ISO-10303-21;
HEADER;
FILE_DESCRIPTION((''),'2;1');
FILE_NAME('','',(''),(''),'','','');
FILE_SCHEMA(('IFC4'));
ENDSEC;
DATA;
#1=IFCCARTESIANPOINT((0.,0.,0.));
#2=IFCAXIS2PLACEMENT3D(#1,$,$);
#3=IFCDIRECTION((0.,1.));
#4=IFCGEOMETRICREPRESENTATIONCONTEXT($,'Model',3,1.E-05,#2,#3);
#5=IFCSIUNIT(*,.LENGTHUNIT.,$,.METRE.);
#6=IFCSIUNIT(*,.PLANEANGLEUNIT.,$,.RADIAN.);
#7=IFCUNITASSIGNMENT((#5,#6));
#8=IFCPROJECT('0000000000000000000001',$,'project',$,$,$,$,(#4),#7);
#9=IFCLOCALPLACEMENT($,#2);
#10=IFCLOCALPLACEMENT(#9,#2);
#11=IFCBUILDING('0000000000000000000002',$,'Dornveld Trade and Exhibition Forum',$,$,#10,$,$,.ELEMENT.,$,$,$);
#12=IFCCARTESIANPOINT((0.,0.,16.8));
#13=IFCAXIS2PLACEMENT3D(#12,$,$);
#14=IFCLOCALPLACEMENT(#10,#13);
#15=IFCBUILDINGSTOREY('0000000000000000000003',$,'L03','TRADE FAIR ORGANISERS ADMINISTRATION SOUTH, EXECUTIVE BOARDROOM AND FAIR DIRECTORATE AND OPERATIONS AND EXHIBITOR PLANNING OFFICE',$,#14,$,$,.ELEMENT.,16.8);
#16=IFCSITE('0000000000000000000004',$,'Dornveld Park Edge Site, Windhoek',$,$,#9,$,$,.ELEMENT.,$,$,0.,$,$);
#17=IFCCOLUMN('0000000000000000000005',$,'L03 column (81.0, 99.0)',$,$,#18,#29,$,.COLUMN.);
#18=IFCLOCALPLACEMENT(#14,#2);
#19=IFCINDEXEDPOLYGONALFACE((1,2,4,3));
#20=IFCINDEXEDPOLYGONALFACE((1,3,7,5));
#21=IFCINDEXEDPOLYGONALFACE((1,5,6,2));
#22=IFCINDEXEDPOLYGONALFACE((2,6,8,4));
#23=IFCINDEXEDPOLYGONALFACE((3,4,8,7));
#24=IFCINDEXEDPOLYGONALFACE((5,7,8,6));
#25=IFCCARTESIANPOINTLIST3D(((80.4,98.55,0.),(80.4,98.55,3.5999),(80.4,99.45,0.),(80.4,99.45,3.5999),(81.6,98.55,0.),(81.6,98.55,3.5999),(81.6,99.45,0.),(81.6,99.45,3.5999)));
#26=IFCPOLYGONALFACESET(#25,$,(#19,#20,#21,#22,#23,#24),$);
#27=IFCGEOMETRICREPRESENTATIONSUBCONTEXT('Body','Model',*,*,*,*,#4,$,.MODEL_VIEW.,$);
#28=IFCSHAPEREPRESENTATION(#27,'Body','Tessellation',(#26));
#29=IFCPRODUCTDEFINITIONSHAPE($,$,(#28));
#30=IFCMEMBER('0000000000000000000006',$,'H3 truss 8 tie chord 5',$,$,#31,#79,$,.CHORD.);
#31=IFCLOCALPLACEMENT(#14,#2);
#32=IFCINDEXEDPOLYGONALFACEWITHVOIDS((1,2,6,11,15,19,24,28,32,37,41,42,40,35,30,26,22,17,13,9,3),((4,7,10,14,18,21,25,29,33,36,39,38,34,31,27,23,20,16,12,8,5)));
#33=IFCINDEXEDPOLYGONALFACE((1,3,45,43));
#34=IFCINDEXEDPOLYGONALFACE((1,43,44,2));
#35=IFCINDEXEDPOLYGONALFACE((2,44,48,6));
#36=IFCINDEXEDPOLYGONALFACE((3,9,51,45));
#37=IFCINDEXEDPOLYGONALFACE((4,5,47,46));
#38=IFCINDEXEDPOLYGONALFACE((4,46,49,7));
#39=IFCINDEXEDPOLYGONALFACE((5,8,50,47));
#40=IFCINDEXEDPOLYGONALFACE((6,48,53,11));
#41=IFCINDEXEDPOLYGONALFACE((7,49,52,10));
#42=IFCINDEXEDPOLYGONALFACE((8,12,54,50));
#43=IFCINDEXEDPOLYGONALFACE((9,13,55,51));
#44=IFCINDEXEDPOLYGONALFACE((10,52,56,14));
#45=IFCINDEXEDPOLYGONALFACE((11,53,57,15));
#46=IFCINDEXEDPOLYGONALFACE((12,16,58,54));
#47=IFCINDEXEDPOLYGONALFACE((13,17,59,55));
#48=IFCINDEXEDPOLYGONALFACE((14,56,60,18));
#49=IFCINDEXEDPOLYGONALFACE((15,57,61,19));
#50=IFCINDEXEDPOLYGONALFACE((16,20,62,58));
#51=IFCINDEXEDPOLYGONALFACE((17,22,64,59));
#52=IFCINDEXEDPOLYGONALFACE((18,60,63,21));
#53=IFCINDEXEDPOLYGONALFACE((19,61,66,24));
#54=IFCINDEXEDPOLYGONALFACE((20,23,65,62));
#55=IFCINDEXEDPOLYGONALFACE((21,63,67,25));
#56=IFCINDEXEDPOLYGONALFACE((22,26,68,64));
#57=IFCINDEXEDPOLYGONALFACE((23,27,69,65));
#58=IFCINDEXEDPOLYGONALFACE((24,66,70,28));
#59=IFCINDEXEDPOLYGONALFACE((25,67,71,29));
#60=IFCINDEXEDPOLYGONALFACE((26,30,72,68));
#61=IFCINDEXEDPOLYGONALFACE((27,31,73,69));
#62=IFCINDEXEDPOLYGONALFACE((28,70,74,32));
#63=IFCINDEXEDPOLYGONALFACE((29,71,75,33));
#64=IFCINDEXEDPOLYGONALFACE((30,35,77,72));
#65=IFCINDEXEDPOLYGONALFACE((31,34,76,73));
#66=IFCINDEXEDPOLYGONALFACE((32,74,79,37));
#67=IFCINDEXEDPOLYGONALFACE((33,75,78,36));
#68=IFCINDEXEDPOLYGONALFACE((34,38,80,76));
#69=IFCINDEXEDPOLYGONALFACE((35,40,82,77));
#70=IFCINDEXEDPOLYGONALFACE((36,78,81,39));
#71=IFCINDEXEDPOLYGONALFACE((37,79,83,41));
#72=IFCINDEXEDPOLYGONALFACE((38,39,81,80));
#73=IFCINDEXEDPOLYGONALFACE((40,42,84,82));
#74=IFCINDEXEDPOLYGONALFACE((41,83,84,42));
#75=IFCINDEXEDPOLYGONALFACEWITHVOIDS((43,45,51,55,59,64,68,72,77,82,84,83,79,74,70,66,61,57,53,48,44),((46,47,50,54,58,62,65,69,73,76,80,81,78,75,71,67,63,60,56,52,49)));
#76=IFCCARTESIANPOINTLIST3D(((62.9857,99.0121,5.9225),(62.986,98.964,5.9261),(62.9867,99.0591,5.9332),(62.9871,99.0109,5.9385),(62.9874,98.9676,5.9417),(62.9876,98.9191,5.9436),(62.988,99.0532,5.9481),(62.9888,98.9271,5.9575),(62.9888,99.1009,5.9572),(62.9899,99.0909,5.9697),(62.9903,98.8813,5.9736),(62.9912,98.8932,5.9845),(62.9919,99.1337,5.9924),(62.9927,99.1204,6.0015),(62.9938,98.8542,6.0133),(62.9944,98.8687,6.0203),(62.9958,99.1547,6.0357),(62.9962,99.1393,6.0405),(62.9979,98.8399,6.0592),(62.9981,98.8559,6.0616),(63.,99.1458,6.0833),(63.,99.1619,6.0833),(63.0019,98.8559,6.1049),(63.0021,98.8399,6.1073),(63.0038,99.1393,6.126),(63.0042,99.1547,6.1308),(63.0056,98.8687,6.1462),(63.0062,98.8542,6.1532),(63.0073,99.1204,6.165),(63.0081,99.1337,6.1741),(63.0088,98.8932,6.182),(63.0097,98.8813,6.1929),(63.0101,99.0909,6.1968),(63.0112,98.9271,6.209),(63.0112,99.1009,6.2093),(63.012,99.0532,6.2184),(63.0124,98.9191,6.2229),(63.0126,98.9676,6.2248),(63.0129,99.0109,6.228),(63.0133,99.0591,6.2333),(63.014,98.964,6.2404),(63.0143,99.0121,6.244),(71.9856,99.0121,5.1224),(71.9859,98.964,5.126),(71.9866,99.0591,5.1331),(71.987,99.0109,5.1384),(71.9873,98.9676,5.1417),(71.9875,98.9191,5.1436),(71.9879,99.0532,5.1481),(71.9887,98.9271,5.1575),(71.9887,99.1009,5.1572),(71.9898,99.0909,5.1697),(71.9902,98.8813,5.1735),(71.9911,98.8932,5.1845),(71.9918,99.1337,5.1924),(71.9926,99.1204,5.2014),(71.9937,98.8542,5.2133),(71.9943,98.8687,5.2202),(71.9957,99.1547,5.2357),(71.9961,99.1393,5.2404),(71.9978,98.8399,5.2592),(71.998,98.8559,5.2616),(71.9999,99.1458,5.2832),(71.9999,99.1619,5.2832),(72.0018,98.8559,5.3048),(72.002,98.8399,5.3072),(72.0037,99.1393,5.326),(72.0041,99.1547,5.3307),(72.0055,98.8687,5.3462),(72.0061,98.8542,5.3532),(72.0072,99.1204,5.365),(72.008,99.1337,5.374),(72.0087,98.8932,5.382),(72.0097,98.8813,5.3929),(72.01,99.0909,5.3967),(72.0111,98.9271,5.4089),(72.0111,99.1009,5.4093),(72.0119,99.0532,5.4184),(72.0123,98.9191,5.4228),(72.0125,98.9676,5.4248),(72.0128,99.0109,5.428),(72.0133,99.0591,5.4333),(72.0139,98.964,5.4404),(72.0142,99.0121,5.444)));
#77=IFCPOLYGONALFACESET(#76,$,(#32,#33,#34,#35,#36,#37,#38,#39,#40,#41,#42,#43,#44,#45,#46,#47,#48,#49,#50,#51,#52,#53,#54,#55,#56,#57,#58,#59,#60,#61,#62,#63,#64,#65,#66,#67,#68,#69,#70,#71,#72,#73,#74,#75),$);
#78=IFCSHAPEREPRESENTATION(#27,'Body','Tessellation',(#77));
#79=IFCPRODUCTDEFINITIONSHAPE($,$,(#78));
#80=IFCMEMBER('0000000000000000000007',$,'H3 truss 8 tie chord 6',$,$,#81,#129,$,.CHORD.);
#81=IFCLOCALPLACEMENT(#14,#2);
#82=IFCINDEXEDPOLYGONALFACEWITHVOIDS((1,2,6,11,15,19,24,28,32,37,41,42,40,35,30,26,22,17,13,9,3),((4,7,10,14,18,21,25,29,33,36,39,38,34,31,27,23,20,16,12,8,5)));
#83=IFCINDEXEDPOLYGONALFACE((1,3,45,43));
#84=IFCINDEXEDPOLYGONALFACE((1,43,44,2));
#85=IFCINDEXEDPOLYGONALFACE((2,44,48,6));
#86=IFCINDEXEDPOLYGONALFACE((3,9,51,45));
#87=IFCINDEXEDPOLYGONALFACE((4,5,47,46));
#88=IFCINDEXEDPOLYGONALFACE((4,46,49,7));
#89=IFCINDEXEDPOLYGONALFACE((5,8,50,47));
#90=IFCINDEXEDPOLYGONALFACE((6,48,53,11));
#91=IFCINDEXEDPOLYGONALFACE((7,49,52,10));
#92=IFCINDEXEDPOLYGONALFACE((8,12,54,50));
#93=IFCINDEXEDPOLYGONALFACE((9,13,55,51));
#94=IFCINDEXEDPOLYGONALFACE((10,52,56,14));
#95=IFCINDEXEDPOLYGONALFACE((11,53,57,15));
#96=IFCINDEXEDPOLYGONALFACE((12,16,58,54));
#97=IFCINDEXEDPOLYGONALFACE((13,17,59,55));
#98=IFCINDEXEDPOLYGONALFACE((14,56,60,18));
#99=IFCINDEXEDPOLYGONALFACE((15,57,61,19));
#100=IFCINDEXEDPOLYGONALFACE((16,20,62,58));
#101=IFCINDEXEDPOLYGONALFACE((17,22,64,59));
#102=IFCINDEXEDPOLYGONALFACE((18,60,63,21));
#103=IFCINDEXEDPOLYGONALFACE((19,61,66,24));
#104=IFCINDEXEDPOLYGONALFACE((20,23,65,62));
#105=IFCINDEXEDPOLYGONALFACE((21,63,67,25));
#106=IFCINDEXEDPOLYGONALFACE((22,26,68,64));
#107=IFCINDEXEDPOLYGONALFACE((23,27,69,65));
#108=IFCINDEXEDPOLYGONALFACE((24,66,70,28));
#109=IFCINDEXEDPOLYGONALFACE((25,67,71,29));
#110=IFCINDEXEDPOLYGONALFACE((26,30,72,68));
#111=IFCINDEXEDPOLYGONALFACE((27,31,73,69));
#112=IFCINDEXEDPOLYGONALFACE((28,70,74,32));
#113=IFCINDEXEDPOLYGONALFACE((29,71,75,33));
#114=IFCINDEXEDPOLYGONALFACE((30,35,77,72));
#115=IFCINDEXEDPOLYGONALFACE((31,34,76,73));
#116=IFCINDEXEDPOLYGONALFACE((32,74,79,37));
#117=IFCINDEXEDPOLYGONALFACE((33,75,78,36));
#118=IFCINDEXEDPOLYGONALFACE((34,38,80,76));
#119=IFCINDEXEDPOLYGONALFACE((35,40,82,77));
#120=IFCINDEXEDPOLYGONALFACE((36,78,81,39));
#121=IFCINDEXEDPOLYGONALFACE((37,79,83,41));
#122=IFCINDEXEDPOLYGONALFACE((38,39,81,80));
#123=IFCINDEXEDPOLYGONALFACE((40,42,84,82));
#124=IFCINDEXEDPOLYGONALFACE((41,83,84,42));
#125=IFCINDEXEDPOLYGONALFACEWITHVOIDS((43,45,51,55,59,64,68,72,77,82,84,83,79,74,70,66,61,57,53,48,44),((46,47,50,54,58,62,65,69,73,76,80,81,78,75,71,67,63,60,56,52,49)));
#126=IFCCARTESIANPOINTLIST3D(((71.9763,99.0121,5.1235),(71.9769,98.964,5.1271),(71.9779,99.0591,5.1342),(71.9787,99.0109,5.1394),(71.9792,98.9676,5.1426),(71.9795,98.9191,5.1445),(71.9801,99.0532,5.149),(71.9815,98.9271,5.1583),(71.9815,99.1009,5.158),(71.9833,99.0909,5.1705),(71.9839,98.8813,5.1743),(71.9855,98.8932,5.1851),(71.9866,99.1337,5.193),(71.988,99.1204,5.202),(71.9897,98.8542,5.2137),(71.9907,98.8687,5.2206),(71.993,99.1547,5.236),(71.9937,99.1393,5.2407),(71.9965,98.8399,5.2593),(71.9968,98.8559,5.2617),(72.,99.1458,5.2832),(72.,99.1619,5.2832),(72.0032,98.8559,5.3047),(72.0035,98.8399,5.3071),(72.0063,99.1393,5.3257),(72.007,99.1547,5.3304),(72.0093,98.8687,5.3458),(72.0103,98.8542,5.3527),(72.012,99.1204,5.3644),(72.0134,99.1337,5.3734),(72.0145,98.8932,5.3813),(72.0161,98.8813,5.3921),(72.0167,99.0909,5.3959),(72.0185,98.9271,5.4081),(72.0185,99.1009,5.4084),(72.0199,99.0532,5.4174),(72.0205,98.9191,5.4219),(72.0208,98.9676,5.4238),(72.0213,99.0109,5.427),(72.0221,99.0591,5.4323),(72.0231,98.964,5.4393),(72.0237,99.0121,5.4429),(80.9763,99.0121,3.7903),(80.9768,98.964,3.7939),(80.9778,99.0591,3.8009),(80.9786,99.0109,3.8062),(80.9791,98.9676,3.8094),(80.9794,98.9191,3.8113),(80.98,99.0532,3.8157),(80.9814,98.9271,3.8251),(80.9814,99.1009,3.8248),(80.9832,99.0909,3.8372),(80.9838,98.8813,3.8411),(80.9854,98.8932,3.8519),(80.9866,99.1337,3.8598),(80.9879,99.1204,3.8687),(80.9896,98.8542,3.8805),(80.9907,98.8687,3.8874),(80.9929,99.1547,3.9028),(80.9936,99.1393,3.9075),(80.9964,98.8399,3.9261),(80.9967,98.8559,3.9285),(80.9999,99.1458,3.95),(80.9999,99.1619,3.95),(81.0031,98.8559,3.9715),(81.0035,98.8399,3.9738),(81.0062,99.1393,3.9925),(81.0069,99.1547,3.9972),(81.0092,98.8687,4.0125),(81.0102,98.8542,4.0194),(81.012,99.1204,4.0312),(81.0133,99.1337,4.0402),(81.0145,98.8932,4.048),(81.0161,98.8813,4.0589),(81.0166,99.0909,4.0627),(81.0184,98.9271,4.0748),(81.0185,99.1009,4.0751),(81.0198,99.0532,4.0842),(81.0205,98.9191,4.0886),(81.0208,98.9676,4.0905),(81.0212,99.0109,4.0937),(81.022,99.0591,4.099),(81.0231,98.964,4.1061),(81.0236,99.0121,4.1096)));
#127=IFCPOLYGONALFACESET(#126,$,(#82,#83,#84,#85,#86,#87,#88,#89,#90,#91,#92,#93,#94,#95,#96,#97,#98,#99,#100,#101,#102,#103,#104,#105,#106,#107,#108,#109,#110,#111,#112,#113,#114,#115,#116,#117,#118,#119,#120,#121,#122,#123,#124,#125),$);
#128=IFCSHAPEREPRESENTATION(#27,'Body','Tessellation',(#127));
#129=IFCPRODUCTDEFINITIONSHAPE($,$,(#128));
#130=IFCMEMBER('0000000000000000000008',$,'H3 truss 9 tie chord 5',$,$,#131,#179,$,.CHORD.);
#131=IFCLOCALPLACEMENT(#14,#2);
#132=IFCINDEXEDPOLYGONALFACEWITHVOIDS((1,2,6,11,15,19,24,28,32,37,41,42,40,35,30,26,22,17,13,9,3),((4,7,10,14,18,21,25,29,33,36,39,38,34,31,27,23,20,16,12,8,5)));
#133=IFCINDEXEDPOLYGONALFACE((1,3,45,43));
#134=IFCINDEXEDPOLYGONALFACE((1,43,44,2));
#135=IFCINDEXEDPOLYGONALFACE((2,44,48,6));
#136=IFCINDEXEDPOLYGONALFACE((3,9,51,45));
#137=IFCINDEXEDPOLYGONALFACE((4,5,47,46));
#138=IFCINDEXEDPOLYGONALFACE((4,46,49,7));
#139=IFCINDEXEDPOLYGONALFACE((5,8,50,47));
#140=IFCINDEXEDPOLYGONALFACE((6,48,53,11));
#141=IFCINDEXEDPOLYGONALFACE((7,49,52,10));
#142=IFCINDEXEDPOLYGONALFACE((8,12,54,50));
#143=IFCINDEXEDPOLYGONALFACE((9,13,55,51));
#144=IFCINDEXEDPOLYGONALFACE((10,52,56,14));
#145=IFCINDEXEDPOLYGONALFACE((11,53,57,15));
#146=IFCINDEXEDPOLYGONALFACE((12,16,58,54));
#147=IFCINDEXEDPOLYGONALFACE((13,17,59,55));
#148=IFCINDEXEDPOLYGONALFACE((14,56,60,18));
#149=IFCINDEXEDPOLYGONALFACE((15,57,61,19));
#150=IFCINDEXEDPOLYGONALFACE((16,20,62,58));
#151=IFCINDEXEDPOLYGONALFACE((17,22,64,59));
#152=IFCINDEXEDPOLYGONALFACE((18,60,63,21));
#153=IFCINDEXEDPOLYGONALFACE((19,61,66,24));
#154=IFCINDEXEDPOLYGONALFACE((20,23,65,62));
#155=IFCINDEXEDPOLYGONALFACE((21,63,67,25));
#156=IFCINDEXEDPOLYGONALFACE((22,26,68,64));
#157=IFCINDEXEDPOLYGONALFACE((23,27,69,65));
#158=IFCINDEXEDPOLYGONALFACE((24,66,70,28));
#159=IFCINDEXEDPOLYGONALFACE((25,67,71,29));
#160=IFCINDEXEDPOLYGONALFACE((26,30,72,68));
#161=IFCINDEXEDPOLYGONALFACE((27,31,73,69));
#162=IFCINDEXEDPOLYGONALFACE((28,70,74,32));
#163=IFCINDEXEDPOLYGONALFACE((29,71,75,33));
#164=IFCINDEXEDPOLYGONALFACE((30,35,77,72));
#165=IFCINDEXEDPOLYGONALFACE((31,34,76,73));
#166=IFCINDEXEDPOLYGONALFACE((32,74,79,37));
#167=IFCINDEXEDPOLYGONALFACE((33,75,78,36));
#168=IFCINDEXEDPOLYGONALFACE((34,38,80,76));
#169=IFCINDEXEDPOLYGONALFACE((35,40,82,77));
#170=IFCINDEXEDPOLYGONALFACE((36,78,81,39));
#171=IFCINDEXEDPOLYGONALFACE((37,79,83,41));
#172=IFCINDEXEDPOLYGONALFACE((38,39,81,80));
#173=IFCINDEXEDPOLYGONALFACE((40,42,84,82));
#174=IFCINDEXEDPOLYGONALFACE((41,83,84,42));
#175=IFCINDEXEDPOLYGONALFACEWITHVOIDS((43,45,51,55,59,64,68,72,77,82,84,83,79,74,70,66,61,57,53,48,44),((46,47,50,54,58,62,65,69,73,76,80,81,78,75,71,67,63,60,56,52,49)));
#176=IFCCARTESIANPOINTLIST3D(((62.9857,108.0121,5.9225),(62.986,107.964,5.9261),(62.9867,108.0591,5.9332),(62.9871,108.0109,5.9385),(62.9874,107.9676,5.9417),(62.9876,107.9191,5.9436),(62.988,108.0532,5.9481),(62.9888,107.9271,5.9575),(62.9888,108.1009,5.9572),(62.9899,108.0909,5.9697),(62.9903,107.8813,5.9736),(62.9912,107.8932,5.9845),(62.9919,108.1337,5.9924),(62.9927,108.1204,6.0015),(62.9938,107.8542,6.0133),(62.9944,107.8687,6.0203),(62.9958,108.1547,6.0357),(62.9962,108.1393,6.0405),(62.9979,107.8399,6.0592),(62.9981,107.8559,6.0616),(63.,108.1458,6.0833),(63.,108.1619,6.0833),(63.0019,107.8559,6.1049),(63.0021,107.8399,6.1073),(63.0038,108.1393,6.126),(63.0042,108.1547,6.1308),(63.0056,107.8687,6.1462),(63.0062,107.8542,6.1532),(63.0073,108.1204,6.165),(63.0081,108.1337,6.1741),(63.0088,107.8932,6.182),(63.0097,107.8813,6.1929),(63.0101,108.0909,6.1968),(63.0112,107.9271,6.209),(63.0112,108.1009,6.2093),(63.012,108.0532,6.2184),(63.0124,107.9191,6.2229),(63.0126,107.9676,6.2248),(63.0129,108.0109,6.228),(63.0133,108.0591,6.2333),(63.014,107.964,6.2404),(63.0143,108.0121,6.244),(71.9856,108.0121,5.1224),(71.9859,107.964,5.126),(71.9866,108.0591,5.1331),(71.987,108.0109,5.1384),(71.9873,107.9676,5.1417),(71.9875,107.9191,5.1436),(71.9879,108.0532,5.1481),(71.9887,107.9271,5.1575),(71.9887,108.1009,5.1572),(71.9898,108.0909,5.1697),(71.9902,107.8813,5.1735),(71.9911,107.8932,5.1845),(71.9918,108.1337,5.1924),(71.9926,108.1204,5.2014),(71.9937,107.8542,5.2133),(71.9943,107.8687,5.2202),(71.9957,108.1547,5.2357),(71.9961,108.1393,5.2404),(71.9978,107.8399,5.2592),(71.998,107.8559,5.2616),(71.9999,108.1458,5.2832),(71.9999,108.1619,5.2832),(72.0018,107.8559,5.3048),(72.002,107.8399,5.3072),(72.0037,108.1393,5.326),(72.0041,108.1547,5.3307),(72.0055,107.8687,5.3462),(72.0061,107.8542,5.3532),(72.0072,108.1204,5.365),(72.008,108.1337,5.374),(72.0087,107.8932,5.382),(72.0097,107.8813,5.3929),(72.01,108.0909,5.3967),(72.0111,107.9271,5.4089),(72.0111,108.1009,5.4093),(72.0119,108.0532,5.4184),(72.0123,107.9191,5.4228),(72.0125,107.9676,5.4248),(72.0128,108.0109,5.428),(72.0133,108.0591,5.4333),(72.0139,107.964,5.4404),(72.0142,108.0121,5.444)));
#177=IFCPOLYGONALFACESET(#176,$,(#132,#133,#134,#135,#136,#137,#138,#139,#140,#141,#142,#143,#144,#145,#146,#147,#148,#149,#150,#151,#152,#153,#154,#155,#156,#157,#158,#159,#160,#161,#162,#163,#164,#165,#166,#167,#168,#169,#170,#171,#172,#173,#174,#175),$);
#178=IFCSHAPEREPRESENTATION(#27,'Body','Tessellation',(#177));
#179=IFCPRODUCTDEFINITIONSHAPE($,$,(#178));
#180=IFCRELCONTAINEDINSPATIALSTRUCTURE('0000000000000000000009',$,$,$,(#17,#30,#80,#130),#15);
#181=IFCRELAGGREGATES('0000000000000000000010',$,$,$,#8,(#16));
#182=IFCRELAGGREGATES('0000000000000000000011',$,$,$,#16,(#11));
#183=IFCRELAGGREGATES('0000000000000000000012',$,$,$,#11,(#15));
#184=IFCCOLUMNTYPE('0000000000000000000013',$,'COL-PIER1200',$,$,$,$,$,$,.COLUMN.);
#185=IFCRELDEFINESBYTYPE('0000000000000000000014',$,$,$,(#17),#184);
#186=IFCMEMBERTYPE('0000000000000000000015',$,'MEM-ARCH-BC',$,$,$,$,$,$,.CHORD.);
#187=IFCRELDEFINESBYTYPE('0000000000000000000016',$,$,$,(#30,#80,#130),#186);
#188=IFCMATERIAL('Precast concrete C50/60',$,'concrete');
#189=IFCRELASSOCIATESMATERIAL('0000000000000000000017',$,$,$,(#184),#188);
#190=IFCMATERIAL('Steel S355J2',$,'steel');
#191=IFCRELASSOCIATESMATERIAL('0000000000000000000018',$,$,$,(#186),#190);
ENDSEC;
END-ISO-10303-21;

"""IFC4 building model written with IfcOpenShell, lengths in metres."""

from ifc_helpers import new_model, si_unit, direction, frame, origin, origin_2d, place, context, subcontext, project, spatial, rectangle, hollow_circle, extrude, material, material_profile, profile_set, type_object, element, save


model = new_model("IFC4")

# Units and contexts
model_context = context("Model", 3, precision=1e-05, world=origin(), true_north=direction((0.0, 1.0)))
body_context = subcontext(model_context, "Body", "Model", "MODEL_VIEW")
ifc_project = project(units=[si_unit("LENGTHUNIT", "METRE"), si_unit("PLANEANGLEUNIT", "RADIAN")], contexts=[model_context])

# Site, building, storey
site_placement = place(None, origin())
site = spatial("IfcSite", under=ifc_project, at=site_placement, Name="Dornveld Park Edge Site, Windhoek", CompositionType="ELEMENT", RefElevation=0.0)
building_placement = place(site_placement, origin())
building = spatial("IfcBuilding", under=site, at=building_placement, Name="Dornveld Trade and Exhibition Forum", CompositionType="ELEMENT")
storey_placement = place(building_placement, frame((0.0, 0.0, 16.8)))
storey = spatial("IfcBuildingStorey", under=building, at=storey_placement, Name="L03", Description="TRADE FAIR ORGANISERS ADMINISTRATION SOUTH, EXECUTIVE BOARDROOM AND FAIR DIRECTORATE AND OPERATIONS AND EXHIBITOR PLANNING OFFICE", CompositionType="ELEMENT", Elevation=16.8)

# Column
ifc_material_1 = material(Name="Precast concrete C50/60", Category="concrete")
ifc_material_profile_1 = material_profile(ifc_material_1, rectangle(XDim=1.2, YDim=0.8999, at=origin_2d()), Name="PC-PIER 1200x900")
ifc_profile_set_1 = profile_set([ifc_material_profile_1], Name="Precast concrete C50/60")
column_type = type_object("IfcColumnType", Name="COL-PIER1200", PredefinedType="COLUMN", material=ifc_profile_set_1)
column_placement = place(storey_placement, frame((81.0, 99.0, 0.0), z_axis=(0.0, 0.0, 1.0), x_axis=(1.0, 0.0, 0.0)))
element("IfcColumn", 1, at=column_placement, inside=storey, type_object=column_type, Name="L03 column (81.0, 99.0)", PredefinedType="COLUMN", context=body_context, shape_type="SweptSolid", body=[
    extrude(rectangle(XDim=1.2, YDim=0.8999, at=origin_2d()), origin(), (0.0, 0.0, 1.0), 3.5999),
])

# Members
ifc_material_2 = material(Name="Steel S355J2", Category="steel")
ifc_material_profile_2 = material_profile(ifc_material_2, hollow_circle(Radius=0.1619, WallThickness=0.0161, at=origin_2d()), Name="CHS 323.9x16")
ifc_profile_set_2 = profile_set([ifc_material_profile_2], Name="Steel S355J2")
member_type_1 = type_object("IfcMemberType", Name="MEM-ARCH-BC", PredefinedType="CHORD", material=ifc_profile_set_2)
member_1_placement = place(storey_placement, frame((63.0, 99.0, 6.0833), z_axis=(0.996072, 0.0, -0.088545), x_axis=(0.0, 1.0, 0.0)))
element("IfcMember", 2, at=member_1_placement, inside=storey, type_object=member_type_1, Name="H3 truss 8 tie chord 5", PredefinedType="CHORD", context=body_context, shape_type="SweptSolid", body=[
    extrude(hollow_circle(Radius=0.1619, WallThickness=0.0161, at=origin_2d()), origin(), (0.0, 0.0, 1.0), 9.0354),
])
member_2_placement = place(storey_placement, frame((72.0, 99.0, 5.2832), z_axis=(0.989205, 0.0, -0.14654), x_axis=(0.0, 1.0, 0.0)))
element("IfcMember", 3, at=member_2_placement, inside=storey, type_object=member_type_1, Name="H3 truss 8 tie chord 6", PredefinedType="CHORD", context=body_context, shape_type="SweptSolid", body=[
    extrude(hollow_circle(Radius=0.1619, WallThickness=0.0161, at=origin_2d()), origin(), (0.0, 0.0, 1.0), 9.0981),
])
member_3_placement = place(storey_placement, frame((63.0, 108.0, 6.0833), z_axis=(0.996072, 0.0, -0.088545), x_axis=(0.0, 1.0, 0.0)))
element("IfcMember", 4, at=member_3_placement, inside=storey, type_object=member_type_1, Name="H3 truss 9 tie chord 5", PredefinedType="CHORD", context=body_context, shape_type="SweptSolid", body=[
    extrude(hollow_circle(Radius=0.1619, WallThickness=0.0161, at=origin_2d()), origin(), (0.0, 0.0, 1.0), 9.0354),
])

save(model, "model.ifc")
